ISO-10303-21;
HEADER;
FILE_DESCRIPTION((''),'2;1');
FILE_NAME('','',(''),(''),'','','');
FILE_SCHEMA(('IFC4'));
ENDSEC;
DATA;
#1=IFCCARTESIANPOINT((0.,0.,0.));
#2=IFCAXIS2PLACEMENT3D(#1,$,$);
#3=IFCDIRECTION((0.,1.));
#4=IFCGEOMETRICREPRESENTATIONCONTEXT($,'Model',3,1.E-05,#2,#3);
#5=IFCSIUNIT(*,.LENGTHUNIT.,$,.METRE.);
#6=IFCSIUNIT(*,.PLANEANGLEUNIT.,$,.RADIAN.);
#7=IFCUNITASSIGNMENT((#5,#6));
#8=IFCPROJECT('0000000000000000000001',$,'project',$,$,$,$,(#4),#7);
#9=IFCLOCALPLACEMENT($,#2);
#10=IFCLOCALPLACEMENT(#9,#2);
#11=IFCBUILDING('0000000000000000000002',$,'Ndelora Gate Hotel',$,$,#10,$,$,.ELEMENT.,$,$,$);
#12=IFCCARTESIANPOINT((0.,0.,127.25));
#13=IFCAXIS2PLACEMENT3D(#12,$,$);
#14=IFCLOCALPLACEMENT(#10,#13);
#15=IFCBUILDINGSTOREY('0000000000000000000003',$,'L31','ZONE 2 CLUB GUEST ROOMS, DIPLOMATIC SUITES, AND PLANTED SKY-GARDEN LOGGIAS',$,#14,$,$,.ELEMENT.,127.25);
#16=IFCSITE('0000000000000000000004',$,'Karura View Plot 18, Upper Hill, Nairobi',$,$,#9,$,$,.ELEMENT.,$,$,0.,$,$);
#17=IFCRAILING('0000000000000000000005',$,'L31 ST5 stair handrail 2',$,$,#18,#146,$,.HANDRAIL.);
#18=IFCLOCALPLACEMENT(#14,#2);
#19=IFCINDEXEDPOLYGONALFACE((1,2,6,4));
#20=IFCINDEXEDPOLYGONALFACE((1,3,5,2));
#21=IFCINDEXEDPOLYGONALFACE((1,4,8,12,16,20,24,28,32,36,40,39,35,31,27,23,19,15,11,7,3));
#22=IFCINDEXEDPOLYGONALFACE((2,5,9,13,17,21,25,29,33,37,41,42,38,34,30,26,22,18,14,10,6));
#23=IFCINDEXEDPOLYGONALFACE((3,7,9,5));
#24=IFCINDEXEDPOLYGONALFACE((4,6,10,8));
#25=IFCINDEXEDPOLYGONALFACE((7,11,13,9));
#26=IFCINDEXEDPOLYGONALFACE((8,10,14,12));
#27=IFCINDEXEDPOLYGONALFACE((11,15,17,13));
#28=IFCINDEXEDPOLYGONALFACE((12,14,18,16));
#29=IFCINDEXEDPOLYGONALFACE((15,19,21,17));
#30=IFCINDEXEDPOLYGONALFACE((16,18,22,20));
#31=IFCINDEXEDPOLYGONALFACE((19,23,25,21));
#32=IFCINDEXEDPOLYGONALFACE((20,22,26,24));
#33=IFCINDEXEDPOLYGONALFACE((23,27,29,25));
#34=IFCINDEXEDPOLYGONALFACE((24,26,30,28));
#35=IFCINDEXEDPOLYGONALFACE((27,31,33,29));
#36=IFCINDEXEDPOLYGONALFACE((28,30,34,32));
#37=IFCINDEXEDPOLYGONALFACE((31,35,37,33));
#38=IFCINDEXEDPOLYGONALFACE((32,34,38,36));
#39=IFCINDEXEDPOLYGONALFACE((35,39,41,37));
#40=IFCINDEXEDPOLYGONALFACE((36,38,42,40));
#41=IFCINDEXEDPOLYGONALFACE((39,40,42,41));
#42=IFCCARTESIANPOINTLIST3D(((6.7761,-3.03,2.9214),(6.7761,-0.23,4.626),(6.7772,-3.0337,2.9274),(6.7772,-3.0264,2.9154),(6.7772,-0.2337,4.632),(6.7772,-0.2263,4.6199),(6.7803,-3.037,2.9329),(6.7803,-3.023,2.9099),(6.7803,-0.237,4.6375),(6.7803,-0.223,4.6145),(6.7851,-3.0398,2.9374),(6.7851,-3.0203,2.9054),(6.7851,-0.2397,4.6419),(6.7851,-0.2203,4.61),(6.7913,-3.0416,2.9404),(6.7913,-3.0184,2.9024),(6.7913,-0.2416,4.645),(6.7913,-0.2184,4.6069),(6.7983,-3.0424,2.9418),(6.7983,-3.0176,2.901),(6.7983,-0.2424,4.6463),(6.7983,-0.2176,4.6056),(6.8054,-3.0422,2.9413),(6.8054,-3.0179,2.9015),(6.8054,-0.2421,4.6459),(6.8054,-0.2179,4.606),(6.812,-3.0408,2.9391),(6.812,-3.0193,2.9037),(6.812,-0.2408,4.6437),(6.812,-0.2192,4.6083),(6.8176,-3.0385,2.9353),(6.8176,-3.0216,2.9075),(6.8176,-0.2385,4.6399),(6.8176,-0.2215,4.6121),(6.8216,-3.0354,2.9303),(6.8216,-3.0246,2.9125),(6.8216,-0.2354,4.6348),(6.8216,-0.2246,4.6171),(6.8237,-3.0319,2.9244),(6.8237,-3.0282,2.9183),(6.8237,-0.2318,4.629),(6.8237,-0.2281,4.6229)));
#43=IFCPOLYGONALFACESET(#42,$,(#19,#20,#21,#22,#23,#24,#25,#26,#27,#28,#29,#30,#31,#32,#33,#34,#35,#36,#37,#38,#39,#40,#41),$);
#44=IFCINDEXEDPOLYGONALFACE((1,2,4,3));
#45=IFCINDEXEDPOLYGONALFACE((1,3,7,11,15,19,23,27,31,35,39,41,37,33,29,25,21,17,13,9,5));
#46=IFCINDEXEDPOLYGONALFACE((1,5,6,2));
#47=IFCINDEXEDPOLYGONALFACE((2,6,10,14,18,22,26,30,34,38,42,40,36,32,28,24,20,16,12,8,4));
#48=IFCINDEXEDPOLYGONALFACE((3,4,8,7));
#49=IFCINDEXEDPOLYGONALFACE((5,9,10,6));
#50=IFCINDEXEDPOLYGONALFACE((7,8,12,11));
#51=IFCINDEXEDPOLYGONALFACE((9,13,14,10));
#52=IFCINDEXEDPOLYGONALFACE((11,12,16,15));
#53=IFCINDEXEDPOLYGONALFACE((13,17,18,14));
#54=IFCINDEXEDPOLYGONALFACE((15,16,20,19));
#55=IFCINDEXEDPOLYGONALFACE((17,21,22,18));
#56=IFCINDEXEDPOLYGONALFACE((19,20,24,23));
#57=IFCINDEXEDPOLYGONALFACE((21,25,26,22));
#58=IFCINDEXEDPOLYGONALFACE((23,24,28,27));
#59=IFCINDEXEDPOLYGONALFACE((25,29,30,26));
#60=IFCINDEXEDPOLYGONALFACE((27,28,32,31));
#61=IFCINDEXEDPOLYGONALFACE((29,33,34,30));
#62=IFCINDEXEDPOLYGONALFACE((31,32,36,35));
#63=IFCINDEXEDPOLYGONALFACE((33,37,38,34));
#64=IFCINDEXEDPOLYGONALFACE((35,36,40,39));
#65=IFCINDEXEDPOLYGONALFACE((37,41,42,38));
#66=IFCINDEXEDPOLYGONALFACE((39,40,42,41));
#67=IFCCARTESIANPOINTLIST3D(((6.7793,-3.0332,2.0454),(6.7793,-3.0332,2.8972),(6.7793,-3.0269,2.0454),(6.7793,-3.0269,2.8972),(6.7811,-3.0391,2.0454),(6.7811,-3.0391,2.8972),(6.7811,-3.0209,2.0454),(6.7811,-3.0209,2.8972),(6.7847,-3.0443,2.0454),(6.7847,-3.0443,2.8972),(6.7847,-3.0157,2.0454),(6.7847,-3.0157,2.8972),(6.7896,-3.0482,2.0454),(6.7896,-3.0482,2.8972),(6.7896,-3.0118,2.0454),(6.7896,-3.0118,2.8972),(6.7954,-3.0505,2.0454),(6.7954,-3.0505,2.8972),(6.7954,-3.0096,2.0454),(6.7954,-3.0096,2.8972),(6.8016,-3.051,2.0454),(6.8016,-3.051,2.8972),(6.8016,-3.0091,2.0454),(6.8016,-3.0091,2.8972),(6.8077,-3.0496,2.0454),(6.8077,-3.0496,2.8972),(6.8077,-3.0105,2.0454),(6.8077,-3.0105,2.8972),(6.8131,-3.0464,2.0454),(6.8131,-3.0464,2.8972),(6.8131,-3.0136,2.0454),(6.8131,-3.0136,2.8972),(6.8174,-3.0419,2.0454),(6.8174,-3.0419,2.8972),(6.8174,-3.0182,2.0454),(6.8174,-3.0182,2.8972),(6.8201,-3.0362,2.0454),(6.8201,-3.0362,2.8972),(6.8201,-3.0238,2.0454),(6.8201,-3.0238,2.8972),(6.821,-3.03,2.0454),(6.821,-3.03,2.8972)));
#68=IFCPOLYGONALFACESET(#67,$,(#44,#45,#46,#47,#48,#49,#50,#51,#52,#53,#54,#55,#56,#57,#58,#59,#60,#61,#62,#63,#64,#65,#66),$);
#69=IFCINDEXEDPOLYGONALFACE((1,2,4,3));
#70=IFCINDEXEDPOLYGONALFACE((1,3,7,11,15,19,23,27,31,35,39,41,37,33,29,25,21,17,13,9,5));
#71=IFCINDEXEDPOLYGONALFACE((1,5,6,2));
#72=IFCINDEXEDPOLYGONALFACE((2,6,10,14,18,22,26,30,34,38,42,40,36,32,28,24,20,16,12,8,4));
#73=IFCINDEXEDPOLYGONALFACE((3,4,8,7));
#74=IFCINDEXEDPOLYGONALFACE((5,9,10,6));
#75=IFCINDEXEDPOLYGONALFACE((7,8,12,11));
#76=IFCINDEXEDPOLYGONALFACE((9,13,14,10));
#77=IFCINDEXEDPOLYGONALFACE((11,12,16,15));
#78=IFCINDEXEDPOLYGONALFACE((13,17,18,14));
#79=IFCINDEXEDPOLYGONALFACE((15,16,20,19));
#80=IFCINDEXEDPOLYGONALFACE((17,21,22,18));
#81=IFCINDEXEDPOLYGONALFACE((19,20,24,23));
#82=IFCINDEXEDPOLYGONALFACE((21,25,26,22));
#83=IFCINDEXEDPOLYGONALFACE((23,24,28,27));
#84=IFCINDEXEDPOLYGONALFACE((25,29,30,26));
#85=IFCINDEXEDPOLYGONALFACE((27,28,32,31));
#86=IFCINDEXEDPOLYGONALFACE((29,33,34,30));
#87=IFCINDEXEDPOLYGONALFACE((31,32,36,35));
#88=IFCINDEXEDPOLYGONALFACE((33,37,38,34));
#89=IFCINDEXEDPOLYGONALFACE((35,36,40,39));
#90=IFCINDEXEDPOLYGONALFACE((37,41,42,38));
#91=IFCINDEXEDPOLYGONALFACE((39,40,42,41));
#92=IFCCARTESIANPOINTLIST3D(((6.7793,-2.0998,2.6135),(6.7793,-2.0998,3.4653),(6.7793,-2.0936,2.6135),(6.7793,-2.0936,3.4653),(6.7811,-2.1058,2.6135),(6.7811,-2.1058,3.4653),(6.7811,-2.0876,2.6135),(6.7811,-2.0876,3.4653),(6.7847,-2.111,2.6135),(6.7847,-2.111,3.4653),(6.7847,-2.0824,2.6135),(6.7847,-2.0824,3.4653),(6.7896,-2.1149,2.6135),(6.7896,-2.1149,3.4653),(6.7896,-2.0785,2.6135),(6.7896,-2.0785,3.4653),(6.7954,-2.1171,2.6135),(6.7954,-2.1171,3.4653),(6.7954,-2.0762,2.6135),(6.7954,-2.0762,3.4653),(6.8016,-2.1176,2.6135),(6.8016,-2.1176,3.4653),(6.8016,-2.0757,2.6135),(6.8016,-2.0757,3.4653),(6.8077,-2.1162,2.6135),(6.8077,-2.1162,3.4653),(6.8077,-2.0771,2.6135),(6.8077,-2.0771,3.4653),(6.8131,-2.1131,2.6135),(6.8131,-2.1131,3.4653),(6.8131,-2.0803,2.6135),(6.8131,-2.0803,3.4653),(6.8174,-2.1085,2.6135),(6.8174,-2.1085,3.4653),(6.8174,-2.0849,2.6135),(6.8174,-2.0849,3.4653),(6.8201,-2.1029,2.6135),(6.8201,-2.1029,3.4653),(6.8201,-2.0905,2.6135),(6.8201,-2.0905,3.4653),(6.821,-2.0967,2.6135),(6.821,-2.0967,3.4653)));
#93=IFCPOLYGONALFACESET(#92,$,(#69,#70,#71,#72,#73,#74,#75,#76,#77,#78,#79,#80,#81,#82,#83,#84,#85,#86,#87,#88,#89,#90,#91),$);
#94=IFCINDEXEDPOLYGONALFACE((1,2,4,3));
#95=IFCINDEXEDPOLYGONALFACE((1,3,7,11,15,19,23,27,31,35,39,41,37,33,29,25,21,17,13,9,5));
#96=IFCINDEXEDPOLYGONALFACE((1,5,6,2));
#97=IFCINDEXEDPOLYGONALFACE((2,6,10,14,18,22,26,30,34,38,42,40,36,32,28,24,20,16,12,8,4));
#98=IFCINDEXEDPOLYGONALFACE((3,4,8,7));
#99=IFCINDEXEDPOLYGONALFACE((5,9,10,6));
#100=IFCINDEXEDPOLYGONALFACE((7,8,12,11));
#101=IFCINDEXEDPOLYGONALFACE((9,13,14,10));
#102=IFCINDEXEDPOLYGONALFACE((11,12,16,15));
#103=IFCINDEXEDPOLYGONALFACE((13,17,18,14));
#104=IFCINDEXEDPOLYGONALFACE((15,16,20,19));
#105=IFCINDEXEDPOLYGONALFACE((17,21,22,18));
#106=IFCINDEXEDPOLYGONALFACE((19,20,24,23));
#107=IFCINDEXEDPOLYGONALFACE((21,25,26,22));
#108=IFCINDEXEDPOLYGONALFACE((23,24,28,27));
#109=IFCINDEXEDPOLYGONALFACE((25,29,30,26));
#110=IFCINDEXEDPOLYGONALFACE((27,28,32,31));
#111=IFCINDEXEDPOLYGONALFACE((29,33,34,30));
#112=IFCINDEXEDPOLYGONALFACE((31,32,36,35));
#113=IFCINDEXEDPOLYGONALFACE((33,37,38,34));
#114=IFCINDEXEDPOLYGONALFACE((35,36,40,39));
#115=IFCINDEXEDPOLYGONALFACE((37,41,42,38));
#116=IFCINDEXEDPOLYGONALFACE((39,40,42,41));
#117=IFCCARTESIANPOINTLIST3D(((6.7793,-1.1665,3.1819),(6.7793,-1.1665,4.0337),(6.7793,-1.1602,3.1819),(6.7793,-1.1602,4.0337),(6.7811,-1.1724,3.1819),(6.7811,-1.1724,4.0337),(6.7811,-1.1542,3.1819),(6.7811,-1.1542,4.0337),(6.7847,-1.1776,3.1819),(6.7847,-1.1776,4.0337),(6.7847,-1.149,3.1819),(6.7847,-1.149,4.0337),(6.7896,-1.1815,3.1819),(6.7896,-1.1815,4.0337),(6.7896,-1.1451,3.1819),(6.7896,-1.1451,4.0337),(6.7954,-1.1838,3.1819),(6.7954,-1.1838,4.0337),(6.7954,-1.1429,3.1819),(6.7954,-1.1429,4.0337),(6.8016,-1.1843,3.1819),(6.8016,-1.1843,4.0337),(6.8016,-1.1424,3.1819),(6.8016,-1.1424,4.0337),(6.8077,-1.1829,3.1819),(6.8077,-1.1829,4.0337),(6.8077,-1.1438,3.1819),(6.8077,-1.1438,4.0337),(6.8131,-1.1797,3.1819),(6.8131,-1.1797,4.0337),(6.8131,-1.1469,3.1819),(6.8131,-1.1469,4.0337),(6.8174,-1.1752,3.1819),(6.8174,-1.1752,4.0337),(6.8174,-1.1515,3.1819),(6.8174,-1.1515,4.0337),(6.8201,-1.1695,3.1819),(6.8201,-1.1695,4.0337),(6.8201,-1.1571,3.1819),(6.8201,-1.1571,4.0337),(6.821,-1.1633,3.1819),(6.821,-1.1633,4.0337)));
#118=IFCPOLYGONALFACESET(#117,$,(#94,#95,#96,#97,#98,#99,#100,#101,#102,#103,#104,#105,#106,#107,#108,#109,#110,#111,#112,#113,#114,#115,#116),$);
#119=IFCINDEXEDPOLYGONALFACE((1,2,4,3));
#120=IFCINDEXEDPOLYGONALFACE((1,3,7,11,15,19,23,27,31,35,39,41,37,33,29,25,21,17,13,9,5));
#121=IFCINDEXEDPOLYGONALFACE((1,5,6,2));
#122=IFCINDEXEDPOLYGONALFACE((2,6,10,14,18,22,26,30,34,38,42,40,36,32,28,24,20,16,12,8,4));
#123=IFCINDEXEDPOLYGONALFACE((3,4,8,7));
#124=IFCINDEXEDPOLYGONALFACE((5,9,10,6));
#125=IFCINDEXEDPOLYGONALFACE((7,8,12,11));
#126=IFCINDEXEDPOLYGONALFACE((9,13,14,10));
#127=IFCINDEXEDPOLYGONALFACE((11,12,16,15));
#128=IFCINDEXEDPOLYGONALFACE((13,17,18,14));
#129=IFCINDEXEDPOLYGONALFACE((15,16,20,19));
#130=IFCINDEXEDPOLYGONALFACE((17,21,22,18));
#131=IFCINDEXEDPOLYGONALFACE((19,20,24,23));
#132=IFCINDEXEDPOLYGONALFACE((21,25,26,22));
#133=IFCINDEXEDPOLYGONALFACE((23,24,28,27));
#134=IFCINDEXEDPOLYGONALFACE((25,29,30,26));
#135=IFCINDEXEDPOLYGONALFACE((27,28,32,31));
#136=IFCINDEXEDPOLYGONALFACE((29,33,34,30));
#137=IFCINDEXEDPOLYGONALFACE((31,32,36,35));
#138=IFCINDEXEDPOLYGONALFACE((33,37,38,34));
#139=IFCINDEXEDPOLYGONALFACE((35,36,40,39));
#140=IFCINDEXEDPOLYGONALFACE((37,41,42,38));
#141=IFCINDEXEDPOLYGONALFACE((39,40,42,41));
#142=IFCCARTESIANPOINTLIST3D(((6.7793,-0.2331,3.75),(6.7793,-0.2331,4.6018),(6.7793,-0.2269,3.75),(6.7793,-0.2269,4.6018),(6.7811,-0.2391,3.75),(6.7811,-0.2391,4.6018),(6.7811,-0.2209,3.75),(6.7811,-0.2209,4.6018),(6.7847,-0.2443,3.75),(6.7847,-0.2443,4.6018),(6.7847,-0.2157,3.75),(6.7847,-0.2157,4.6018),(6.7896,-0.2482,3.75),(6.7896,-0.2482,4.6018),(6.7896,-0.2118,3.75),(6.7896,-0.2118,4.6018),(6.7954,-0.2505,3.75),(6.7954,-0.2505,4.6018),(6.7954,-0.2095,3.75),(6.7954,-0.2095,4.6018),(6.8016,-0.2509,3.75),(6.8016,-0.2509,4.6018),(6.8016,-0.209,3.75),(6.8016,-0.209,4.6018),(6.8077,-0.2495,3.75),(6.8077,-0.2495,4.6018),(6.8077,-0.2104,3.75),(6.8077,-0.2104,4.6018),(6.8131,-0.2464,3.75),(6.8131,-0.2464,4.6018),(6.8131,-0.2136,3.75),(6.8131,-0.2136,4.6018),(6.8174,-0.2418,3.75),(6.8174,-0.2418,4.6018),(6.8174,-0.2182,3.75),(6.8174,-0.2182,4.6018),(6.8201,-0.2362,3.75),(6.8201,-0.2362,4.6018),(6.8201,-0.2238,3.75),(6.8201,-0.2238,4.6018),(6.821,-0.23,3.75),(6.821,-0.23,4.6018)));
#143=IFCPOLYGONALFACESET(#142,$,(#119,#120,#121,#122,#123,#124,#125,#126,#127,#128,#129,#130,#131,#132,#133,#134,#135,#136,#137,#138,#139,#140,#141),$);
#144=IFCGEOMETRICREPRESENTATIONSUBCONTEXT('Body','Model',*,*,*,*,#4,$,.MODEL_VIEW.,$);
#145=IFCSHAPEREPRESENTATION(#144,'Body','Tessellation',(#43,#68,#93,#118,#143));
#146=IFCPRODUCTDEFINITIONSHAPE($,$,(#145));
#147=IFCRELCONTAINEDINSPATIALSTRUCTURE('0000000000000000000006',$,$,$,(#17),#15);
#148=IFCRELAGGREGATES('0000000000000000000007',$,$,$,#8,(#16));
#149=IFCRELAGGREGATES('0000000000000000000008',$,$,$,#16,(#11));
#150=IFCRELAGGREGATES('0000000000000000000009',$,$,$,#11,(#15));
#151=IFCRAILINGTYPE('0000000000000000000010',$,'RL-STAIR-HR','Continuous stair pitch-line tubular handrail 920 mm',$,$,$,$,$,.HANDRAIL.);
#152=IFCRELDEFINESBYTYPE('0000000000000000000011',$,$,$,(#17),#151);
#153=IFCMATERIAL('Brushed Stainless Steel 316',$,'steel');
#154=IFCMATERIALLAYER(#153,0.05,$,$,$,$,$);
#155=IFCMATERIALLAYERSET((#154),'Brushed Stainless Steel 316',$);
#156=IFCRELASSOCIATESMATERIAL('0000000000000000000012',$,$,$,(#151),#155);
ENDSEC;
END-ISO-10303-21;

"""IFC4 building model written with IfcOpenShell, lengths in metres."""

from ifc_helpers import new_model, si_unit, direction, frame, origin, origin_2d, place, context, subcontext, project, spatial, circle, extrude, material, layer, layer_set, type_object, element, save


model = new_model("IFC4")

# Units and contexts
model_context = context("Model", 3, precision=1e-05, world=origin(), true_north=direction((0.0, 1.0)))
body_context = subcontext(model_context, "Body", "Model", "MODEL_VIEW")
ifc_project = project(units=[si_unit("LENGTHUNIT", "METRE"), si_unit("PLANEANGLEUNIT", "RADIAN")], contexts=[model_context])

# Site, building, storey
site_placement = place(None, origin())
site = spatial("IfcSite", under=ifc_project, at=site_placement, Name="Karura View Plot 18, Upper Hill, Nairobi", CompositionType="ELEMENT", RefElevation=0.0)
building_placement = place(site_placement, origin())
building = spatial("IfcBuilding", under=site, at=building_placement, Name="Ndelora Gate Hotel", CompositionType="ELEMENT")
storey_placement = place(building_placement, frame((0.0, 0.0, 127.25)))
storey = spatial("IfcBuildingStorey", under=building, at=storey_placement, Name="L31", Description="ZONE 2 CLUB GUEST ROOMS, DIPLOMATIC SUITES, AND PLANTED SKY-GARDEN LOGGIAS", CompositionType="ELEMENT", Elevation=127.25)

# Railing
ifc_material_1 = material(Name="Brushed Stainless Steel 316", Category="steel")
ifc_layer_1 = layer(ifc_material_1, 0.05)
ifc_layer_set_1 = layer_set([ifc_layer_1], Name="Brushed Stainless Steel 316")
railing_type_1 = type_object("IfcRailingType", Name="RL-STAIR-HR", Description="Continuous stair pitch-line tubular handrail 920 mm", PredefinedType="HANDRAIL", material=ifc_layer_set_1)
railing_1_placement = place(storey_placement, frame((6.8, -3.03, 2.0454)))
element("IfcRailing", 1, at=railing_1_placement, inside=storey, type_object=railing_type_1, Name="L31 ST5 stair handrail 2", PredefinedType="HANDRAIL", context=body_context, shape_type="SweptSolid", body=[
    extrude(circle(Radius=0.0239, at=origin_2d()), frame((0.0, 0.0, 0.876), z_axis=(0.0, 0.85417, 0.519994), x_axis=(-1.0, 0.0, 0.0)), (0.0, 0.0, 1.0), 3.2781),
    extrude(circle(Radius=0.021, at=origin_2d()), origin(), (0.0, 0.0, 1.0), 0.8518),
    extrude(circle(Radius=0.021, at=origin_2d()), frame((0.0, 0.9333, 0.5681)), (0.0, 0.0, 1.0), 0.8518),
    extrude(circle(Radius=0.021, at=origin_2d()), frame((0.0, 1.8667, 1.1365)), (0.0, 0.0, 1.0), 0.8518),
    extrude(circle(Radius=0.021, at=origin_2d()), frame((0.0, 2.8, 1.7046)), (0.0, 0.0, 1.0), 0.8518),
])

save(model, "model.ifc")
